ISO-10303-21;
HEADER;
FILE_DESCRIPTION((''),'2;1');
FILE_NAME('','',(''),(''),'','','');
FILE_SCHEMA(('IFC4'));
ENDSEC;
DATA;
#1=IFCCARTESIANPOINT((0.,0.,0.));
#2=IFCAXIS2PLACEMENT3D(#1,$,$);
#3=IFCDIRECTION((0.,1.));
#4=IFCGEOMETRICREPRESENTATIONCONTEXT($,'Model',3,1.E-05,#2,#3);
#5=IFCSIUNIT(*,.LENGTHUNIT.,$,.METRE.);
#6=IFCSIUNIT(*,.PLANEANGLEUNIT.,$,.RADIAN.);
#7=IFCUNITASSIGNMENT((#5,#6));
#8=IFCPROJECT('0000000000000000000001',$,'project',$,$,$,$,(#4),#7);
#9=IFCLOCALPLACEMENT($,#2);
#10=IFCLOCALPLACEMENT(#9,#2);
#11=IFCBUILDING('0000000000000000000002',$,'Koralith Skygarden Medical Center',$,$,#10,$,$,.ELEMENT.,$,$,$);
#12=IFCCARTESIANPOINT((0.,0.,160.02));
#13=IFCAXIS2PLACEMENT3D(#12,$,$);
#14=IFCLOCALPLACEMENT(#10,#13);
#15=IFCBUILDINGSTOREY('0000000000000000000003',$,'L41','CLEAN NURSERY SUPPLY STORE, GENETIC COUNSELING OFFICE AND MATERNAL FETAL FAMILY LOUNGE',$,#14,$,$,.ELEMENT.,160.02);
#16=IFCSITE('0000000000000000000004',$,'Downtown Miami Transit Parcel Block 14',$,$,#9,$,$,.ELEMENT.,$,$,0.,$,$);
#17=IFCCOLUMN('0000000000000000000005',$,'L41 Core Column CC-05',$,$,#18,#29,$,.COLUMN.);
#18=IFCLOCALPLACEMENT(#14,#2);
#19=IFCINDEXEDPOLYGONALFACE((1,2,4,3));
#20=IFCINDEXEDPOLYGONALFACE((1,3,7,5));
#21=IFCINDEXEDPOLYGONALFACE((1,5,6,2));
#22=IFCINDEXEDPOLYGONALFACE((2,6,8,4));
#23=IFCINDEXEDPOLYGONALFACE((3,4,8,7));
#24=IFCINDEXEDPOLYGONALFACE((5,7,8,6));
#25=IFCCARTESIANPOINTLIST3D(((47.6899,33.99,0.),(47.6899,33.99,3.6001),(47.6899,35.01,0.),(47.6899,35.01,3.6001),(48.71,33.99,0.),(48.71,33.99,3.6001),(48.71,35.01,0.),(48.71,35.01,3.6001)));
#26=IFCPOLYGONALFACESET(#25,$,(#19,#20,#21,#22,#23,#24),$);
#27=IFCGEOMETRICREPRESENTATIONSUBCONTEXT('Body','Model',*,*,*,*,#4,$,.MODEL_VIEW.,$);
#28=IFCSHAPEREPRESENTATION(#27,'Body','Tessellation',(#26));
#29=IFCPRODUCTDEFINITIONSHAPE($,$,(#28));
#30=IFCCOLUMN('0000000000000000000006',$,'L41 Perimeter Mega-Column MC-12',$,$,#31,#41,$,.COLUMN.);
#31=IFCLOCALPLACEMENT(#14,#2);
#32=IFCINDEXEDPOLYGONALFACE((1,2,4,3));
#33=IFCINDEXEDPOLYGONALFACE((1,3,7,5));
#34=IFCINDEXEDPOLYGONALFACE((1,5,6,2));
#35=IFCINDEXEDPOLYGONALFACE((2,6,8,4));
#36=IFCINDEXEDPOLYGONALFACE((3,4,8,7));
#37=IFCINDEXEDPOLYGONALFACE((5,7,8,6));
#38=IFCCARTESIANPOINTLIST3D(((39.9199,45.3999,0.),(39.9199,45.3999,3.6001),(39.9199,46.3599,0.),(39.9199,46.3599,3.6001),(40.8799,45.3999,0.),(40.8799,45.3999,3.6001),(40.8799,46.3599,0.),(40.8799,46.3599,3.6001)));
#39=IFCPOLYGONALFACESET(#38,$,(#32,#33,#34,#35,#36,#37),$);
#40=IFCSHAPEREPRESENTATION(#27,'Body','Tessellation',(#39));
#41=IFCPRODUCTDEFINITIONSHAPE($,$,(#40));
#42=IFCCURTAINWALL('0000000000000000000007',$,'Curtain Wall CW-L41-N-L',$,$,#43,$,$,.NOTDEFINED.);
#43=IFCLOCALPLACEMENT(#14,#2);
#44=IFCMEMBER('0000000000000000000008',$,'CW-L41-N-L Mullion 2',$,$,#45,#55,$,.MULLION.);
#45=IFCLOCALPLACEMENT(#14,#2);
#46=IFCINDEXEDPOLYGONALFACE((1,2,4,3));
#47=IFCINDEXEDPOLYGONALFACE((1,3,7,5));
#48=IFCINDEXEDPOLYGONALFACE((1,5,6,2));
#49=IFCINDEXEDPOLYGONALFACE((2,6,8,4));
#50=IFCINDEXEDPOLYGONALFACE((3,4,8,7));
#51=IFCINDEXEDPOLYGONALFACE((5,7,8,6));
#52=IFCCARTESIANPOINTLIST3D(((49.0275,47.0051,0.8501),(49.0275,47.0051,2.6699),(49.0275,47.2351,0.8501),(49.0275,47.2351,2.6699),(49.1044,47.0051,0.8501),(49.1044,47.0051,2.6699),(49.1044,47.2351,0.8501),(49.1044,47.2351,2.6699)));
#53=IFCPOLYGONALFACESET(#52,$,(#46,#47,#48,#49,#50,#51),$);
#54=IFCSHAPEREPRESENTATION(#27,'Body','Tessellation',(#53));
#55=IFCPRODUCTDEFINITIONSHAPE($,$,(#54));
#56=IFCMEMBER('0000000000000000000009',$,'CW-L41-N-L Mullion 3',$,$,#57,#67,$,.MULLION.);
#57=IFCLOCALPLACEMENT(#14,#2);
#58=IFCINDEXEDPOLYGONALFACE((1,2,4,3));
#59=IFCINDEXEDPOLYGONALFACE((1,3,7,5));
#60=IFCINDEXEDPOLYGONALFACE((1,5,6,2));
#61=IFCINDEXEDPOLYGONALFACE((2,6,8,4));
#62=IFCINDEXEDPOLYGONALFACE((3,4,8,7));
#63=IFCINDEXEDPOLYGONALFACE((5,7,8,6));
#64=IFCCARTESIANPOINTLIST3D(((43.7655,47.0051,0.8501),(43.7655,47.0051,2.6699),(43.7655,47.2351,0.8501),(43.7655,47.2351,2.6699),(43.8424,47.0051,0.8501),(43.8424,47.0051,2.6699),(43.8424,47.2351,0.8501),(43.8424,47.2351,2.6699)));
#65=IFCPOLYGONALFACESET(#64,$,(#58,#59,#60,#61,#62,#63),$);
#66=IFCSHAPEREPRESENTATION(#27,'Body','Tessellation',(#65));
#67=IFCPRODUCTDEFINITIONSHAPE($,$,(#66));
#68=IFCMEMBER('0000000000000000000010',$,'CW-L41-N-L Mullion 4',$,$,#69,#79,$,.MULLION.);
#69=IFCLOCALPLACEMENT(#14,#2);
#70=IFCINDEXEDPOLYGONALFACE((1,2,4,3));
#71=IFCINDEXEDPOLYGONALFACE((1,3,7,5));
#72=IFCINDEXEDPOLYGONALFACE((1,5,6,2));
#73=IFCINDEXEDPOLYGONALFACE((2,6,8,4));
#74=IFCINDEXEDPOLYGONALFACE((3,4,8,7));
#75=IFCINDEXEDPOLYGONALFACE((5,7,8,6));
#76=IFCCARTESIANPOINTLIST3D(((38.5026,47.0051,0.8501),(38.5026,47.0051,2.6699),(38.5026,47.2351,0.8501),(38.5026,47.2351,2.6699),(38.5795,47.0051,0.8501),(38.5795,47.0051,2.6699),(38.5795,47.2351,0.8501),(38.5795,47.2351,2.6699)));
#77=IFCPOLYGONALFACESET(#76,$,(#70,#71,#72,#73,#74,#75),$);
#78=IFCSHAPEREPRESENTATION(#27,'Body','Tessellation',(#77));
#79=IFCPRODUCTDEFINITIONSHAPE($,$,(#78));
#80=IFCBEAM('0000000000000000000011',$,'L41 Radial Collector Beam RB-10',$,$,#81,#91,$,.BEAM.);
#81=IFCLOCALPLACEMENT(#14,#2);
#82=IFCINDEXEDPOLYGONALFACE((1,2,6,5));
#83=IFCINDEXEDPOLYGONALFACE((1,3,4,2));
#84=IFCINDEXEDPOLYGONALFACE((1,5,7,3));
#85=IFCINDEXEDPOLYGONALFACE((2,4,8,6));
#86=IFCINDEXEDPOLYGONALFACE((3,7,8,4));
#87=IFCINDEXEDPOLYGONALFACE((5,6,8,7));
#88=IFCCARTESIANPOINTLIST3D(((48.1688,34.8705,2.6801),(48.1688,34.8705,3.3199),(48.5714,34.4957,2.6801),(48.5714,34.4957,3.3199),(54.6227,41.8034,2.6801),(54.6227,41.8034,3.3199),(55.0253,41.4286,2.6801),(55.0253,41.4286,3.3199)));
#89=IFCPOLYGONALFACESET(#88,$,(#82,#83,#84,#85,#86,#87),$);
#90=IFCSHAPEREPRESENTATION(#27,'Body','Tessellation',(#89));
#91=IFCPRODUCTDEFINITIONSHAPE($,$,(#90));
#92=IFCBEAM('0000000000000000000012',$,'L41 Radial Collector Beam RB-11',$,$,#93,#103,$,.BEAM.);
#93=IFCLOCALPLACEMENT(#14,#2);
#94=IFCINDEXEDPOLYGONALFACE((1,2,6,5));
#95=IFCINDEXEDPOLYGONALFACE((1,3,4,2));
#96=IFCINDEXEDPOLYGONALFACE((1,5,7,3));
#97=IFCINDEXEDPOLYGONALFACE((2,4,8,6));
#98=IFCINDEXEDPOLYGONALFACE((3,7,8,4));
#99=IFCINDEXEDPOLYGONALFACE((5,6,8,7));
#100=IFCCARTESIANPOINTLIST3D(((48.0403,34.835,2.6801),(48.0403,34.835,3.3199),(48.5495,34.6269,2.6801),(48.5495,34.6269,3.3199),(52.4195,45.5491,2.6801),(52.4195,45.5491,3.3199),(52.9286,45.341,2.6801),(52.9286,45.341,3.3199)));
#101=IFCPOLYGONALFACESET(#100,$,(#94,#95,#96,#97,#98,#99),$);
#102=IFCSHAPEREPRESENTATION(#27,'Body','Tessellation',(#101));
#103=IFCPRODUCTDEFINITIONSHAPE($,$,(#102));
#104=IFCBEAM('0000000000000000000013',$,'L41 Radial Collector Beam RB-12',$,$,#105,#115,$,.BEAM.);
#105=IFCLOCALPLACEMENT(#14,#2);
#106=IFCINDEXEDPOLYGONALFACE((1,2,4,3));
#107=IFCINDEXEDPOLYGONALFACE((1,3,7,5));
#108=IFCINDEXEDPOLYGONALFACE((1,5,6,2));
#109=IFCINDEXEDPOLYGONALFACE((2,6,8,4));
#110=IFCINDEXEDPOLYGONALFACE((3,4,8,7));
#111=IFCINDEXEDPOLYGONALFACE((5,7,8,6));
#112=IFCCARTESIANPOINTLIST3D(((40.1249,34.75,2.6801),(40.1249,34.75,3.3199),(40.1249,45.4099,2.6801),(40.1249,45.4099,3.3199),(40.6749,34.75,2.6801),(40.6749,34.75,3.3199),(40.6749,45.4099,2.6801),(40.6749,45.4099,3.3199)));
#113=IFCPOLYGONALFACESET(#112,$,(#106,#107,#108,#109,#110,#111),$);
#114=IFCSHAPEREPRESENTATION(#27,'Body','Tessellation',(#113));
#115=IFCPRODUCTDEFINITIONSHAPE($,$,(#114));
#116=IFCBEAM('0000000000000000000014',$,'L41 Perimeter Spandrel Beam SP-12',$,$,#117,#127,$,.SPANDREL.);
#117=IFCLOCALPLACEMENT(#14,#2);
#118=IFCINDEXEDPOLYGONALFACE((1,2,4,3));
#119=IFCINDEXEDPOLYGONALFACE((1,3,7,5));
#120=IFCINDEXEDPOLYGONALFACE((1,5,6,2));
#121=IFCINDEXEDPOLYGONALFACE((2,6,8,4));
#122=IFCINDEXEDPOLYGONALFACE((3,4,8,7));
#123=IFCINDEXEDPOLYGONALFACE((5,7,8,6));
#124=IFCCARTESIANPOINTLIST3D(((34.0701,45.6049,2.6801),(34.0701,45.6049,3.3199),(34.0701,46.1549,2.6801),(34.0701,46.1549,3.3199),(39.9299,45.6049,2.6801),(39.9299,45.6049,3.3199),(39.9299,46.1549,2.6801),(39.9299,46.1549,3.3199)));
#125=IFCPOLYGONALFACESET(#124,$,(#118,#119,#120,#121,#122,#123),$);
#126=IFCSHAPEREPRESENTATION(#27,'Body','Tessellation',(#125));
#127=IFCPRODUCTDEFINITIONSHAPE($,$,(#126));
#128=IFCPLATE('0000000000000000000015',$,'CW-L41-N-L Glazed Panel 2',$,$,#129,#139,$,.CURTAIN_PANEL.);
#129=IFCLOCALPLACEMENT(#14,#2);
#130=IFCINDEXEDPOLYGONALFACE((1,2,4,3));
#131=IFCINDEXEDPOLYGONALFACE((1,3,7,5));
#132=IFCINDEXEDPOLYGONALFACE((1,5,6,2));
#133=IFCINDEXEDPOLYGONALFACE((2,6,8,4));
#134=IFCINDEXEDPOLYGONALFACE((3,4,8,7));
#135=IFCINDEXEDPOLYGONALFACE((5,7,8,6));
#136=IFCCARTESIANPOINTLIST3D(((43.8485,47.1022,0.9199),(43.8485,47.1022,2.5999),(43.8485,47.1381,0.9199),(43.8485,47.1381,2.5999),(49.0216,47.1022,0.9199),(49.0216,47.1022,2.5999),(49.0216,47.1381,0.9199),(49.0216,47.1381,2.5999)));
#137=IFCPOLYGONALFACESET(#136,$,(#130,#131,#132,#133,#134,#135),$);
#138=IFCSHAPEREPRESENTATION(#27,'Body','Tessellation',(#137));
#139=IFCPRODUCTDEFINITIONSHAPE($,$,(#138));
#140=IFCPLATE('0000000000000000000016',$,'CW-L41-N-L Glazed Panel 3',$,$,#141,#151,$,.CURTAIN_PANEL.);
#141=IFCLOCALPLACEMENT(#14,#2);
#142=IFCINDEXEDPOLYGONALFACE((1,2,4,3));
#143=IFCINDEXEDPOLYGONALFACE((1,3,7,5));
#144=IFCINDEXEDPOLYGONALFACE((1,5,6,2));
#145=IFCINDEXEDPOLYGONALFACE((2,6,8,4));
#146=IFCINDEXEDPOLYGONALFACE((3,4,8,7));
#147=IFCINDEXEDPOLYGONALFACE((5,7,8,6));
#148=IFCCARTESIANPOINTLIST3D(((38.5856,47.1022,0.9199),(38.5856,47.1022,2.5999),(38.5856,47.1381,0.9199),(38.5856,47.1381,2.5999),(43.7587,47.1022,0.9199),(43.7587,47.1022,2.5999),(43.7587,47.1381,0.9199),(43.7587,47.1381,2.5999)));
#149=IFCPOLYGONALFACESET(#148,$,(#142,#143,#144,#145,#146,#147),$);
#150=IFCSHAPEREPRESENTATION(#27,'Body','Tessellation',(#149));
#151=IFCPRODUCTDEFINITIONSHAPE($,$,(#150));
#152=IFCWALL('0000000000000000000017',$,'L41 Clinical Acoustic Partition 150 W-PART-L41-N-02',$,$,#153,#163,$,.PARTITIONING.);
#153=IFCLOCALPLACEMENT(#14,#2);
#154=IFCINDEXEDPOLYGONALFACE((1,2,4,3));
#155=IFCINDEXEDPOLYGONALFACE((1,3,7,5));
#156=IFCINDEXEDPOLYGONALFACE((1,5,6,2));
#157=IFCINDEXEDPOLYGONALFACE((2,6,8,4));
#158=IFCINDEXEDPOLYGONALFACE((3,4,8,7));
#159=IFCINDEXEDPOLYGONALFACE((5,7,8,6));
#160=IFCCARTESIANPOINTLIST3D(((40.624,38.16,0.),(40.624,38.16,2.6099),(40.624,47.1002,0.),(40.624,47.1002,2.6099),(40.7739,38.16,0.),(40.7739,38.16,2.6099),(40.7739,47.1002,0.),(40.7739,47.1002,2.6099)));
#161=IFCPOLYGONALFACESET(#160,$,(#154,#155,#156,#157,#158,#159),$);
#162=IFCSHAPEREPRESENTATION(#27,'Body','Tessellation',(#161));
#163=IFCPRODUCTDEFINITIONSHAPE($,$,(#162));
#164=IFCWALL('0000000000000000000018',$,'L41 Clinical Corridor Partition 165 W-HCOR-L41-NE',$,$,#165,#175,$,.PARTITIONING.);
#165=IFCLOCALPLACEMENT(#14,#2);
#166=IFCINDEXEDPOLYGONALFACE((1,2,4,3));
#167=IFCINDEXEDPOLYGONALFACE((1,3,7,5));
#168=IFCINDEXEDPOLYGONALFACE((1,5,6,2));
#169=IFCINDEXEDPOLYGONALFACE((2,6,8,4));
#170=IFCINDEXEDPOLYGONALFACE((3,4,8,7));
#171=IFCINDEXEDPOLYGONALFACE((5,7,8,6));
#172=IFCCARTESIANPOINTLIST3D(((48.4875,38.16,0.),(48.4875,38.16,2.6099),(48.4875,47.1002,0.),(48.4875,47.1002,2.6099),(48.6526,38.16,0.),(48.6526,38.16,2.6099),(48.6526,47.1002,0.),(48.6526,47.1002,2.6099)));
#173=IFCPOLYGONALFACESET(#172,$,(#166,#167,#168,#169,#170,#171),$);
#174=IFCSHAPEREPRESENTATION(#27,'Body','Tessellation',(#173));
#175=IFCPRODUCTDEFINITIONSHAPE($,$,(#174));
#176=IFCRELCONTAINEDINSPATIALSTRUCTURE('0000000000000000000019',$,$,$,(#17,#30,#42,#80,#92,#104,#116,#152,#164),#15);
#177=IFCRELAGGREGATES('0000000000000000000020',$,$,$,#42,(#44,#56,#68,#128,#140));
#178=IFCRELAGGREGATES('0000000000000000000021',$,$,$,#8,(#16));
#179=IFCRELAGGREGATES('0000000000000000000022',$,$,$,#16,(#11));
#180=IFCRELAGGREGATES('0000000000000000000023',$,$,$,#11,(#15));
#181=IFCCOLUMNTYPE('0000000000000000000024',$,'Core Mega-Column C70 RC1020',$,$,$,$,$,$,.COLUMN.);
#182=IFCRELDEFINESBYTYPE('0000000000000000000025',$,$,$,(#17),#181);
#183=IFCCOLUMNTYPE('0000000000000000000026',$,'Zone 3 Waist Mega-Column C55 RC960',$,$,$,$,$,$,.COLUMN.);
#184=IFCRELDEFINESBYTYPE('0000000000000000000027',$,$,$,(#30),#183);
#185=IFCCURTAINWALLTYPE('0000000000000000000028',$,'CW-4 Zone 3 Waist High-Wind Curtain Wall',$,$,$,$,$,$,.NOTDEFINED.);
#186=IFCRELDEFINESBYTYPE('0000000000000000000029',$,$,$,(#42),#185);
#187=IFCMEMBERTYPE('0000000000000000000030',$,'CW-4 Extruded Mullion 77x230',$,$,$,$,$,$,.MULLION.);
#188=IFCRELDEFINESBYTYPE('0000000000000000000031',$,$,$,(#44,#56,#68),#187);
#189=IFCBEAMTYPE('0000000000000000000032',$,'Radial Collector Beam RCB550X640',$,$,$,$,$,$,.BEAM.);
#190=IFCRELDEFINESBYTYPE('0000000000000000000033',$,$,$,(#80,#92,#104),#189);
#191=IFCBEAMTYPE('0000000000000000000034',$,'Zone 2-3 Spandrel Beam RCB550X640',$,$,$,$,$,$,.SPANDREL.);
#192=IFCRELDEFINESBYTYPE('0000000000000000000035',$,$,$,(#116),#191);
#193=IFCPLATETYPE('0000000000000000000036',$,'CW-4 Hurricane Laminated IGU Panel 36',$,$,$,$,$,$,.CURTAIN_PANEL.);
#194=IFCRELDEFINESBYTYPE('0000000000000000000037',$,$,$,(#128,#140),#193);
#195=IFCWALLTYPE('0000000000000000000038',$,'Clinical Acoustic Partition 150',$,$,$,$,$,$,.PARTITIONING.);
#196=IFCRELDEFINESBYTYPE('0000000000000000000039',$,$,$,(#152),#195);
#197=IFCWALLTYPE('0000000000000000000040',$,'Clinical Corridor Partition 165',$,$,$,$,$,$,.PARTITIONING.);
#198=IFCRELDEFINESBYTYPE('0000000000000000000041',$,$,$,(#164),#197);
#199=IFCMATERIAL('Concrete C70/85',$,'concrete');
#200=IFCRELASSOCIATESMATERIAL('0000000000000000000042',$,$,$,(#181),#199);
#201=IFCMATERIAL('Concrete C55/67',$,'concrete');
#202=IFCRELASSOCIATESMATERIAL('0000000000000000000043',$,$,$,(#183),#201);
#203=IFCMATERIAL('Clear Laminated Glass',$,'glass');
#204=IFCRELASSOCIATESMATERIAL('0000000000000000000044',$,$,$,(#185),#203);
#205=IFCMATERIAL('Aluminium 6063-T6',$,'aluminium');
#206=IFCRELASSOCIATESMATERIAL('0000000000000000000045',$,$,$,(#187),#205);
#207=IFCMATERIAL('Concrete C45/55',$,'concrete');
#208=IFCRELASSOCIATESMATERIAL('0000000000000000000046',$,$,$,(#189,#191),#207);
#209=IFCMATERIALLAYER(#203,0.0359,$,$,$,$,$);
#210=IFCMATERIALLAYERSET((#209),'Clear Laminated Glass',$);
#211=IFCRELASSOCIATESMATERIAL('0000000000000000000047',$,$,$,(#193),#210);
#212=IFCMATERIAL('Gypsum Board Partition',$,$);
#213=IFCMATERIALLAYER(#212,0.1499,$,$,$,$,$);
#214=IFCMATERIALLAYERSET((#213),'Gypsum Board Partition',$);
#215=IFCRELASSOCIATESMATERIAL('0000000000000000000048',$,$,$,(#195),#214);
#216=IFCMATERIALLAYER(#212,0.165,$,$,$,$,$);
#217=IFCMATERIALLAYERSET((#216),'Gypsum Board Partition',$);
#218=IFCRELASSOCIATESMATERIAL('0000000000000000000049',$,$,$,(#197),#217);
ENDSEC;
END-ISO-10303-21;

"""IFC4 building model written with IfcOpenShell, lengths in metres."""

from ifc_helpers import new_model, si_unit, direction, frame, frame_2d, origin, origin_2d, place, context, subcontext, project, spatial, rectangle, extrude, material, layer, layer_set, material_profile, profile_set, type_object, element, aggregate, save


model = new_model("IFC4")

# Units and contexts
model_context = context("Model", 3, precision=1e-05, world=origin(), true_north=direction((0.0, 1.0)))
body_context = subcontext(model_context, "Body", "Model", "MODEL_VIEW")
ifc_project = project(units=[si_unit("LENGTHUNIT", "METRE"), si_unit("PLANEANGLEUNIT", "RADIAN")], contexts=[model_context])

# Site, building, storey
site_placement = place(None, origin())
site = spatial("IfcSite", under=ifc_project, at=site_placement, Name="Downtown Miami Transit Parcel Block 14", CompositionType="ELEMENT", RefElevation=0.0)
building_placement = place(site_placement, origin())
building = spatial("IfcBuilding", under=site, at=building_placement, Name="Koralith Skygarden Medical Center", CompositionType="ELEMENT")
storey_placement = place(building_placement, frame((0.0, 0.0, 160.02)))
storey = spatial("IfcBuildingStorey", under=building, at=storey_placement, Name="L41", Description="CLEAN NURSERY SUPPLY STORE, GENETIC COUNSELING OFFICE AND MATERNAL FETAL FAMILY LOUNGE", CompositionType="ELEMENT", Elevation=160.02)

# Columns
ifc_material_1 = material(Name="Concrete C70/85", Category="concrete")
ifc_material_profile_1 = material_profile(ifc_material_1, rectangle(XDim=1.02, YDim=1.02, at=origin_2d()), Name="RC1020X1020")
ifc_profile_set_1 = profile_set([ifc_material_profile_1], Name="Concrete C70/85")
column_type_1 = type_object("IfcColumnType", Name="Core Mega-Column C70 RC1020", PredefinedType="COLUMN", material=ifc_profile_set_1)
column_1_placement = place(storey_placement, frame((48.2, 34.5, 0.0), z_axis=(0.0, 0.0, 1.0), x_axis=(1.0, 0.0, 0.0)))
element("IfcColumn", 1, at=column_1_placement, inside=storey, type_object=column_type_1, Name="L41 Core Column CC-05", PredefinedType="COLUMN", context=body_context, shape_type="SweptSolid", body=[
    extrude(rectangle(XDim=1.02, YDim=1.02, at=origin_2d()), origin(), (0.0, 0.0, 1.0), 3.6001),
])
ifc_material_2 = material(Name="Concrete C55/67", Category="concrete")
ifc_material_profile_2 = material_profile(ifc_material_2, rectangle(XDim=0.96, YDim=0.96, at=origin_2d()), Name="RC960X960")
ifc_profile_set_2 = profile_set([ifc_material_profile_2], Name="Concrete C55/67")
column_type_2 = type_object("IfcColumnType", Name="Zone 3 Waist Mega-Column C55 RC960", PredefinedType="COLUMN", material=ifc_profile_set_2)
column_2_placement = place(storey_placement, frame((40.3999, 45.8799, 0.0), z_axis=(0.0, 0.0, 1.0), x_axis=(1.0, 0.0, 0.0)))
element("IfcColumn", 2, at=column_2_placement, inside=storey, type_object=column_type_2, Name="L41 Perimeter Mega-Column MC-12", PredefinedType="COLUMN", context=body_context, shape_type="SweptSolid", body=[
    extrude(rectangle(XDim=0.96, YDim=0.96, at=origin_2d()), origin(), (0.0, 0.0, 1.0), 3.6001),
])

# Curtain wall, members
ifc_material_3 = material(Name="Clear Laminated Glass", Category="glass")
curtain_wall_type = type_object("IfcCurtainWallType", Name="CW-4 Zone 3 Waist High-Wind Curtain Wall", PredefinedType="NOTDEFINED", material=ifc_material_3)
curtain_wall_placement = place(storey_placement, origin())
curtain_wall = element("IfcCurtainWall", 3, at=curtain_wall_placement, inside=storey, type_object=curtain_wall_type, Name="Curtain Wall CW-L41-N-L", PredefinedType="NOTDEFINED")
ifc_material_4 = material(Name="Aluminium 6063-T6", Category="aluminium")
ifc_material_profile_3 = material_profile(ifc_material_4, rectangle(XDim=0.0769, YDim=0.23, at=origin_2d()), Name="MUL77X230")
ifc_profile_set_3 = profile_set([ifc_material_profile_3], Name="Aluminium 6063-T6")
member_type = type_object("IfcMemberType", Name="CW-4 Extruded Mullion 77x230", PredefinedType="MULLION", material=ifc_profile_set_3)
member_1_placement = place(storey_placement, frame((49.0659, 47.1201, 0.8501), z_axis=(0.0, 0.0, 1.0), x_axis=(1.0, 0.0, 0.0)))
member_1 = element("IfcMember", 4, at=member_1_placement, type_object=member_type, Name="CW-L41-N-L Mullion 2", PredefinedType="MULLION", context=body_context, shape_type="SweptSolid", body=[
    extrude(rectangle(XDim=0.0769, YDim=0.23, at=origin_2d()), origin(), (0.0, 0.0, 1.0), 1.8198),
])
member_2_placement = place(storey_placement, frame((43.804, 47.1201, 0.8501), z_axis=(0.0, 0.0, 1.0), x_axis=(1.0, 0.0, 0.0)))
member_2 = element("IfcMember", 5, at=member_2_placement, type_object=member_type, Name="CW-L41-N-L Mullion 3", PredefinedType="MULLION", context=body_context, shape_type="SweptSolid", body=[
    extrude(rectangle(XDim=0.0769, YDim=0.23, at=origin_2d()), origin(), (0.0, 0.0, 1.0), 1.8198),
])
member_3_placement = place(storey_placement, frame((38.541, 47.1201, 0.8501), z_axis=(0.0, 0.0, 1.0), x_axis=(1.0, 0.0, 0.0)))
member_3 = element("IfcMember", 6, at=member_3_placement, type_object=member_type, Name="CW-L41-N-L Mullion 4", PredefinedType="MULLION", context=body_context, shape_type="SweptSolid", body=[
    extrude(rectangle(XDim=0.0769, YDim=0.23, at=origin_2d()), origin(), (0.0, 0.0, 1.0), 1.8198),
])

# Beams
ifc_material_5 = material(Name="Concrete C45/55", Category="concrete")
ifc_material_profile_4 = material_profile(ifc_material_5, rectangle(XDim=0.55, YDim=0.6399, at=origin_2d()), Name="RCB550X640")
ifc_profile_set_4 = profile_set([ifc_material_profile_4], Name="Concrete C45/55")
beam_type_1 = type_object("IfcBeamType", Name="Radial Collector Beam RCB550X640", PredefinedType="BEAM", material=ifc_profile_set_4)
beam_1_placement = place(storey_placement, frame((48.3701, 34.6831, 3.0), z_axis=(0.681369, 0.73194, 0.0), x_axis=(-0.73194, 0.681369, 0.0)))
element("IfcBeam", 7, at=beam_1_placement, inside=storey, type_object=beam_type_1, Name="L41 Radial Collector Beam RB-10", PredefinedType="BEAM", context=body_context, shape_type="SweptSolid", body=[
    extrude(rectangle(XDim=0.55, YDim=0.6399, at=origin_2d()), origin(), (0.0, 0.0, 1.0), 9.4719),
])
beam_2_placement = place(storey_placement, frame((48.2949, 34.731, 3.0), z_axis=(0.378345, 0.925665, 0.0), x_axis=(-0.925665, 0.378345, 0.0)))
element("IfcBeam", 8, at=beam_2_placement, inside=storey, type_object=beam_type_1, Name="L41 Radial Collector Beam RB-11", PredefinedType="BEAM", context=body_context, shape_type="SweptSolid", body=[
    extrude(rectangle(XDim=0.55, YDim=0.6399, at=origin_2d()), origin(), (0.0, 0.0, 1.0), 11.5745),
])
beam_3_placement = place(storey_placement, frame((40.3999, 34.75, 3.0), z_axis=(0.0, 1.0, 0.0), x_axis=(-1.0, 0.0, 0.0)))
element("IfcBeam", 9, at=beam_3_placement, inside=storey, type_object=beam_type_1, Name="L41 Radial Collector Beam RB-12", PredefinedType="BEAM", context=body_context, shape_type="SweptSolid", body=[
    extrude(rectangle(XDim=0.55, YDim=0.6399, at=origin_2d()), origin(), (0.0, 0.0, 1.0), 10.6599),
])
ifc_material_profile_5 = material_profile(ifc_material_5, rectangle(XDim=0.55, YDim=0.6399, at=origin_2d()), Name="RCB550X640")
ifc_profile_set_5 = profile_set([ifc_material_profile_5], Name="Concrete C45/55")
beam_type_2 = type_object("IfcBeamType", Name="Zone 2-3 Spandrel Beam RCB550X640", PredefinedType="SPANDREL", material=ifc_profile_set_5)
beam_4_placement = place(storey_placement, frame((39.9299, 45.8799, 3.0), z_axis=(-1.0, 0.0, 0.0), x_axis=(0.0, -1.0, 0.0)))
element("IfcBeam", 10, at=beam_4_placement, inside=storey, type_object=beam_type_2, Name="L41 Perimeter Spandrel Beam SP-12", PredefinedType="SPANDREL", context=body_context, shape_type="SweptSolid", body=[
    extrude(rectangle(XDim=0.55, YDim=0.6399, at=origin_2d()), origin(), (0.0, 0.0, 1.0), 5.8599),
])

# Plates
ifc_layer_1 = layer(ifc_material_3, 0.0359)
ifc_layer_set_1 = layer_set([ifc_layer_1], Name="Clear Laminated Glass")
plate_type = type_object("IfcPlateType", Name="CW-4 Hurricane Laminated IGU Panel 36", PredefinedType="CURTAIN_PANEL", material=ifc_layer_set_1)
plate_1_placement = place(storey_placement, frame((46.4351, 47.1201, 0.9199), z_axis=(0.0, 0.0, 1.0), x_axis=(-1.0, 0.0, 0.0)))
plate_1 = element("IfcPlate", 11, at=plate_1_placement, type_object=plate_type, Name="CW-L41-N-L Glazed Panel 2", PredefinedType="CURTAIN_PANEL", context=body_context, shape_type="SweptSolid", body=[
    extrude(rectangle(XDim=5.1731, YDim=0.0359, at=origin_2d()), origin(), (0.0, 0.0, 1.0), 1.6799),
])
plate_2_placement = place(storey_placement, frame((41.1721, 47.1201, 0.9199), z_axis=(0.0, 0.0, 1.0), x_axis=(-1.0, 0.0, 0.0)))
plate_2 = element("IfcPlate", 12, at=plate_2_placement, type_object=plate_type, Name="CW-L41-N-L Glazed Panel 3", PredefinedType="CURTAIN_PANEL", context=body_context, shape_type="SweptSolid", body=[
    extrude(rectangle(XDim=5.1731, YDim=0.0359, at=origin_2d()), origin(), (0.0, 0.0, 1.0), 1.6799),
])
aggregate(curtain_wall, [member_1, member_2, member_3, plate_1, plate_2])

# Walls
ifc_material_6 = material(Name="Gypsum Board Partition")
ifc_layer_2 = layer(ifc_material_6, 0.1499)
ifc_layer_set_2 = layer_set([ifc_layer_2], Name="Gypsum Board Partition")
wall_type_1 = type_object("IfcWallType", Name="Clinical Acoustic Partition 150", PredefinedType="PARTITIONING", material=ifc_layer_set_2)
wall_1_placement = place(storey_placement, frame((40.699, 38.1599, 0.0), z_axis=(0.0, 0.0, 1.0), x_axis=(0.0, 1.0, 0.0)))
element("IfcWall", 13, at=wall_1_placement, inside=storey, type_object=wall_type_1, Name="L41 Clinical Acoustic Partition 150 W-PART-L41-N-02", PredefinedType="PARTITIONING", context=body_context, shape_type="SweptSolid", body=[
    extrude(rectangle(XDim=8.9402, YDim=0.1499, at=frame_2d((4.4702, 0.0))), origin(), (0.0, 0.0, 1.0), 2.6099),
])
ifc_layer_3 = layer(ifc_material_6, 0.165)
ifc_layer_set_3 = layer_set([ifc_layer_3], Name="Gypsum Board Partition")
wall_type_2 = type_object("IfcWallType", Name="Clinical Corridor Partition 165", PredefinedType="PARTITIONING", material=ifc_layer_set_3)
wall_2_placement = place(storey_placement, frame((48.5701, 38.1599, 0.0), z_axis=(0.0, 0.0, 1.0), x_axis=(0.0, 1.0, 0.0)))
element("IfcWall", 14, at=wall_2_placement, inside=storey, type_object=wall_type_2, Name="L41 Clinical Corridor Partition 165 W-HCOR-L41-NE", PredefinedType="PARTITIONING", context=body_context, shape_type="SweptSolid", body=[
    extrude(rectangle(XDim=8.9402, YDim=0.165, at=frame_2d((4.4702, 0.0))), origin(), (0.0, 0.0, 1.0), 2.6099),
])

save(model, "model.ifc")
